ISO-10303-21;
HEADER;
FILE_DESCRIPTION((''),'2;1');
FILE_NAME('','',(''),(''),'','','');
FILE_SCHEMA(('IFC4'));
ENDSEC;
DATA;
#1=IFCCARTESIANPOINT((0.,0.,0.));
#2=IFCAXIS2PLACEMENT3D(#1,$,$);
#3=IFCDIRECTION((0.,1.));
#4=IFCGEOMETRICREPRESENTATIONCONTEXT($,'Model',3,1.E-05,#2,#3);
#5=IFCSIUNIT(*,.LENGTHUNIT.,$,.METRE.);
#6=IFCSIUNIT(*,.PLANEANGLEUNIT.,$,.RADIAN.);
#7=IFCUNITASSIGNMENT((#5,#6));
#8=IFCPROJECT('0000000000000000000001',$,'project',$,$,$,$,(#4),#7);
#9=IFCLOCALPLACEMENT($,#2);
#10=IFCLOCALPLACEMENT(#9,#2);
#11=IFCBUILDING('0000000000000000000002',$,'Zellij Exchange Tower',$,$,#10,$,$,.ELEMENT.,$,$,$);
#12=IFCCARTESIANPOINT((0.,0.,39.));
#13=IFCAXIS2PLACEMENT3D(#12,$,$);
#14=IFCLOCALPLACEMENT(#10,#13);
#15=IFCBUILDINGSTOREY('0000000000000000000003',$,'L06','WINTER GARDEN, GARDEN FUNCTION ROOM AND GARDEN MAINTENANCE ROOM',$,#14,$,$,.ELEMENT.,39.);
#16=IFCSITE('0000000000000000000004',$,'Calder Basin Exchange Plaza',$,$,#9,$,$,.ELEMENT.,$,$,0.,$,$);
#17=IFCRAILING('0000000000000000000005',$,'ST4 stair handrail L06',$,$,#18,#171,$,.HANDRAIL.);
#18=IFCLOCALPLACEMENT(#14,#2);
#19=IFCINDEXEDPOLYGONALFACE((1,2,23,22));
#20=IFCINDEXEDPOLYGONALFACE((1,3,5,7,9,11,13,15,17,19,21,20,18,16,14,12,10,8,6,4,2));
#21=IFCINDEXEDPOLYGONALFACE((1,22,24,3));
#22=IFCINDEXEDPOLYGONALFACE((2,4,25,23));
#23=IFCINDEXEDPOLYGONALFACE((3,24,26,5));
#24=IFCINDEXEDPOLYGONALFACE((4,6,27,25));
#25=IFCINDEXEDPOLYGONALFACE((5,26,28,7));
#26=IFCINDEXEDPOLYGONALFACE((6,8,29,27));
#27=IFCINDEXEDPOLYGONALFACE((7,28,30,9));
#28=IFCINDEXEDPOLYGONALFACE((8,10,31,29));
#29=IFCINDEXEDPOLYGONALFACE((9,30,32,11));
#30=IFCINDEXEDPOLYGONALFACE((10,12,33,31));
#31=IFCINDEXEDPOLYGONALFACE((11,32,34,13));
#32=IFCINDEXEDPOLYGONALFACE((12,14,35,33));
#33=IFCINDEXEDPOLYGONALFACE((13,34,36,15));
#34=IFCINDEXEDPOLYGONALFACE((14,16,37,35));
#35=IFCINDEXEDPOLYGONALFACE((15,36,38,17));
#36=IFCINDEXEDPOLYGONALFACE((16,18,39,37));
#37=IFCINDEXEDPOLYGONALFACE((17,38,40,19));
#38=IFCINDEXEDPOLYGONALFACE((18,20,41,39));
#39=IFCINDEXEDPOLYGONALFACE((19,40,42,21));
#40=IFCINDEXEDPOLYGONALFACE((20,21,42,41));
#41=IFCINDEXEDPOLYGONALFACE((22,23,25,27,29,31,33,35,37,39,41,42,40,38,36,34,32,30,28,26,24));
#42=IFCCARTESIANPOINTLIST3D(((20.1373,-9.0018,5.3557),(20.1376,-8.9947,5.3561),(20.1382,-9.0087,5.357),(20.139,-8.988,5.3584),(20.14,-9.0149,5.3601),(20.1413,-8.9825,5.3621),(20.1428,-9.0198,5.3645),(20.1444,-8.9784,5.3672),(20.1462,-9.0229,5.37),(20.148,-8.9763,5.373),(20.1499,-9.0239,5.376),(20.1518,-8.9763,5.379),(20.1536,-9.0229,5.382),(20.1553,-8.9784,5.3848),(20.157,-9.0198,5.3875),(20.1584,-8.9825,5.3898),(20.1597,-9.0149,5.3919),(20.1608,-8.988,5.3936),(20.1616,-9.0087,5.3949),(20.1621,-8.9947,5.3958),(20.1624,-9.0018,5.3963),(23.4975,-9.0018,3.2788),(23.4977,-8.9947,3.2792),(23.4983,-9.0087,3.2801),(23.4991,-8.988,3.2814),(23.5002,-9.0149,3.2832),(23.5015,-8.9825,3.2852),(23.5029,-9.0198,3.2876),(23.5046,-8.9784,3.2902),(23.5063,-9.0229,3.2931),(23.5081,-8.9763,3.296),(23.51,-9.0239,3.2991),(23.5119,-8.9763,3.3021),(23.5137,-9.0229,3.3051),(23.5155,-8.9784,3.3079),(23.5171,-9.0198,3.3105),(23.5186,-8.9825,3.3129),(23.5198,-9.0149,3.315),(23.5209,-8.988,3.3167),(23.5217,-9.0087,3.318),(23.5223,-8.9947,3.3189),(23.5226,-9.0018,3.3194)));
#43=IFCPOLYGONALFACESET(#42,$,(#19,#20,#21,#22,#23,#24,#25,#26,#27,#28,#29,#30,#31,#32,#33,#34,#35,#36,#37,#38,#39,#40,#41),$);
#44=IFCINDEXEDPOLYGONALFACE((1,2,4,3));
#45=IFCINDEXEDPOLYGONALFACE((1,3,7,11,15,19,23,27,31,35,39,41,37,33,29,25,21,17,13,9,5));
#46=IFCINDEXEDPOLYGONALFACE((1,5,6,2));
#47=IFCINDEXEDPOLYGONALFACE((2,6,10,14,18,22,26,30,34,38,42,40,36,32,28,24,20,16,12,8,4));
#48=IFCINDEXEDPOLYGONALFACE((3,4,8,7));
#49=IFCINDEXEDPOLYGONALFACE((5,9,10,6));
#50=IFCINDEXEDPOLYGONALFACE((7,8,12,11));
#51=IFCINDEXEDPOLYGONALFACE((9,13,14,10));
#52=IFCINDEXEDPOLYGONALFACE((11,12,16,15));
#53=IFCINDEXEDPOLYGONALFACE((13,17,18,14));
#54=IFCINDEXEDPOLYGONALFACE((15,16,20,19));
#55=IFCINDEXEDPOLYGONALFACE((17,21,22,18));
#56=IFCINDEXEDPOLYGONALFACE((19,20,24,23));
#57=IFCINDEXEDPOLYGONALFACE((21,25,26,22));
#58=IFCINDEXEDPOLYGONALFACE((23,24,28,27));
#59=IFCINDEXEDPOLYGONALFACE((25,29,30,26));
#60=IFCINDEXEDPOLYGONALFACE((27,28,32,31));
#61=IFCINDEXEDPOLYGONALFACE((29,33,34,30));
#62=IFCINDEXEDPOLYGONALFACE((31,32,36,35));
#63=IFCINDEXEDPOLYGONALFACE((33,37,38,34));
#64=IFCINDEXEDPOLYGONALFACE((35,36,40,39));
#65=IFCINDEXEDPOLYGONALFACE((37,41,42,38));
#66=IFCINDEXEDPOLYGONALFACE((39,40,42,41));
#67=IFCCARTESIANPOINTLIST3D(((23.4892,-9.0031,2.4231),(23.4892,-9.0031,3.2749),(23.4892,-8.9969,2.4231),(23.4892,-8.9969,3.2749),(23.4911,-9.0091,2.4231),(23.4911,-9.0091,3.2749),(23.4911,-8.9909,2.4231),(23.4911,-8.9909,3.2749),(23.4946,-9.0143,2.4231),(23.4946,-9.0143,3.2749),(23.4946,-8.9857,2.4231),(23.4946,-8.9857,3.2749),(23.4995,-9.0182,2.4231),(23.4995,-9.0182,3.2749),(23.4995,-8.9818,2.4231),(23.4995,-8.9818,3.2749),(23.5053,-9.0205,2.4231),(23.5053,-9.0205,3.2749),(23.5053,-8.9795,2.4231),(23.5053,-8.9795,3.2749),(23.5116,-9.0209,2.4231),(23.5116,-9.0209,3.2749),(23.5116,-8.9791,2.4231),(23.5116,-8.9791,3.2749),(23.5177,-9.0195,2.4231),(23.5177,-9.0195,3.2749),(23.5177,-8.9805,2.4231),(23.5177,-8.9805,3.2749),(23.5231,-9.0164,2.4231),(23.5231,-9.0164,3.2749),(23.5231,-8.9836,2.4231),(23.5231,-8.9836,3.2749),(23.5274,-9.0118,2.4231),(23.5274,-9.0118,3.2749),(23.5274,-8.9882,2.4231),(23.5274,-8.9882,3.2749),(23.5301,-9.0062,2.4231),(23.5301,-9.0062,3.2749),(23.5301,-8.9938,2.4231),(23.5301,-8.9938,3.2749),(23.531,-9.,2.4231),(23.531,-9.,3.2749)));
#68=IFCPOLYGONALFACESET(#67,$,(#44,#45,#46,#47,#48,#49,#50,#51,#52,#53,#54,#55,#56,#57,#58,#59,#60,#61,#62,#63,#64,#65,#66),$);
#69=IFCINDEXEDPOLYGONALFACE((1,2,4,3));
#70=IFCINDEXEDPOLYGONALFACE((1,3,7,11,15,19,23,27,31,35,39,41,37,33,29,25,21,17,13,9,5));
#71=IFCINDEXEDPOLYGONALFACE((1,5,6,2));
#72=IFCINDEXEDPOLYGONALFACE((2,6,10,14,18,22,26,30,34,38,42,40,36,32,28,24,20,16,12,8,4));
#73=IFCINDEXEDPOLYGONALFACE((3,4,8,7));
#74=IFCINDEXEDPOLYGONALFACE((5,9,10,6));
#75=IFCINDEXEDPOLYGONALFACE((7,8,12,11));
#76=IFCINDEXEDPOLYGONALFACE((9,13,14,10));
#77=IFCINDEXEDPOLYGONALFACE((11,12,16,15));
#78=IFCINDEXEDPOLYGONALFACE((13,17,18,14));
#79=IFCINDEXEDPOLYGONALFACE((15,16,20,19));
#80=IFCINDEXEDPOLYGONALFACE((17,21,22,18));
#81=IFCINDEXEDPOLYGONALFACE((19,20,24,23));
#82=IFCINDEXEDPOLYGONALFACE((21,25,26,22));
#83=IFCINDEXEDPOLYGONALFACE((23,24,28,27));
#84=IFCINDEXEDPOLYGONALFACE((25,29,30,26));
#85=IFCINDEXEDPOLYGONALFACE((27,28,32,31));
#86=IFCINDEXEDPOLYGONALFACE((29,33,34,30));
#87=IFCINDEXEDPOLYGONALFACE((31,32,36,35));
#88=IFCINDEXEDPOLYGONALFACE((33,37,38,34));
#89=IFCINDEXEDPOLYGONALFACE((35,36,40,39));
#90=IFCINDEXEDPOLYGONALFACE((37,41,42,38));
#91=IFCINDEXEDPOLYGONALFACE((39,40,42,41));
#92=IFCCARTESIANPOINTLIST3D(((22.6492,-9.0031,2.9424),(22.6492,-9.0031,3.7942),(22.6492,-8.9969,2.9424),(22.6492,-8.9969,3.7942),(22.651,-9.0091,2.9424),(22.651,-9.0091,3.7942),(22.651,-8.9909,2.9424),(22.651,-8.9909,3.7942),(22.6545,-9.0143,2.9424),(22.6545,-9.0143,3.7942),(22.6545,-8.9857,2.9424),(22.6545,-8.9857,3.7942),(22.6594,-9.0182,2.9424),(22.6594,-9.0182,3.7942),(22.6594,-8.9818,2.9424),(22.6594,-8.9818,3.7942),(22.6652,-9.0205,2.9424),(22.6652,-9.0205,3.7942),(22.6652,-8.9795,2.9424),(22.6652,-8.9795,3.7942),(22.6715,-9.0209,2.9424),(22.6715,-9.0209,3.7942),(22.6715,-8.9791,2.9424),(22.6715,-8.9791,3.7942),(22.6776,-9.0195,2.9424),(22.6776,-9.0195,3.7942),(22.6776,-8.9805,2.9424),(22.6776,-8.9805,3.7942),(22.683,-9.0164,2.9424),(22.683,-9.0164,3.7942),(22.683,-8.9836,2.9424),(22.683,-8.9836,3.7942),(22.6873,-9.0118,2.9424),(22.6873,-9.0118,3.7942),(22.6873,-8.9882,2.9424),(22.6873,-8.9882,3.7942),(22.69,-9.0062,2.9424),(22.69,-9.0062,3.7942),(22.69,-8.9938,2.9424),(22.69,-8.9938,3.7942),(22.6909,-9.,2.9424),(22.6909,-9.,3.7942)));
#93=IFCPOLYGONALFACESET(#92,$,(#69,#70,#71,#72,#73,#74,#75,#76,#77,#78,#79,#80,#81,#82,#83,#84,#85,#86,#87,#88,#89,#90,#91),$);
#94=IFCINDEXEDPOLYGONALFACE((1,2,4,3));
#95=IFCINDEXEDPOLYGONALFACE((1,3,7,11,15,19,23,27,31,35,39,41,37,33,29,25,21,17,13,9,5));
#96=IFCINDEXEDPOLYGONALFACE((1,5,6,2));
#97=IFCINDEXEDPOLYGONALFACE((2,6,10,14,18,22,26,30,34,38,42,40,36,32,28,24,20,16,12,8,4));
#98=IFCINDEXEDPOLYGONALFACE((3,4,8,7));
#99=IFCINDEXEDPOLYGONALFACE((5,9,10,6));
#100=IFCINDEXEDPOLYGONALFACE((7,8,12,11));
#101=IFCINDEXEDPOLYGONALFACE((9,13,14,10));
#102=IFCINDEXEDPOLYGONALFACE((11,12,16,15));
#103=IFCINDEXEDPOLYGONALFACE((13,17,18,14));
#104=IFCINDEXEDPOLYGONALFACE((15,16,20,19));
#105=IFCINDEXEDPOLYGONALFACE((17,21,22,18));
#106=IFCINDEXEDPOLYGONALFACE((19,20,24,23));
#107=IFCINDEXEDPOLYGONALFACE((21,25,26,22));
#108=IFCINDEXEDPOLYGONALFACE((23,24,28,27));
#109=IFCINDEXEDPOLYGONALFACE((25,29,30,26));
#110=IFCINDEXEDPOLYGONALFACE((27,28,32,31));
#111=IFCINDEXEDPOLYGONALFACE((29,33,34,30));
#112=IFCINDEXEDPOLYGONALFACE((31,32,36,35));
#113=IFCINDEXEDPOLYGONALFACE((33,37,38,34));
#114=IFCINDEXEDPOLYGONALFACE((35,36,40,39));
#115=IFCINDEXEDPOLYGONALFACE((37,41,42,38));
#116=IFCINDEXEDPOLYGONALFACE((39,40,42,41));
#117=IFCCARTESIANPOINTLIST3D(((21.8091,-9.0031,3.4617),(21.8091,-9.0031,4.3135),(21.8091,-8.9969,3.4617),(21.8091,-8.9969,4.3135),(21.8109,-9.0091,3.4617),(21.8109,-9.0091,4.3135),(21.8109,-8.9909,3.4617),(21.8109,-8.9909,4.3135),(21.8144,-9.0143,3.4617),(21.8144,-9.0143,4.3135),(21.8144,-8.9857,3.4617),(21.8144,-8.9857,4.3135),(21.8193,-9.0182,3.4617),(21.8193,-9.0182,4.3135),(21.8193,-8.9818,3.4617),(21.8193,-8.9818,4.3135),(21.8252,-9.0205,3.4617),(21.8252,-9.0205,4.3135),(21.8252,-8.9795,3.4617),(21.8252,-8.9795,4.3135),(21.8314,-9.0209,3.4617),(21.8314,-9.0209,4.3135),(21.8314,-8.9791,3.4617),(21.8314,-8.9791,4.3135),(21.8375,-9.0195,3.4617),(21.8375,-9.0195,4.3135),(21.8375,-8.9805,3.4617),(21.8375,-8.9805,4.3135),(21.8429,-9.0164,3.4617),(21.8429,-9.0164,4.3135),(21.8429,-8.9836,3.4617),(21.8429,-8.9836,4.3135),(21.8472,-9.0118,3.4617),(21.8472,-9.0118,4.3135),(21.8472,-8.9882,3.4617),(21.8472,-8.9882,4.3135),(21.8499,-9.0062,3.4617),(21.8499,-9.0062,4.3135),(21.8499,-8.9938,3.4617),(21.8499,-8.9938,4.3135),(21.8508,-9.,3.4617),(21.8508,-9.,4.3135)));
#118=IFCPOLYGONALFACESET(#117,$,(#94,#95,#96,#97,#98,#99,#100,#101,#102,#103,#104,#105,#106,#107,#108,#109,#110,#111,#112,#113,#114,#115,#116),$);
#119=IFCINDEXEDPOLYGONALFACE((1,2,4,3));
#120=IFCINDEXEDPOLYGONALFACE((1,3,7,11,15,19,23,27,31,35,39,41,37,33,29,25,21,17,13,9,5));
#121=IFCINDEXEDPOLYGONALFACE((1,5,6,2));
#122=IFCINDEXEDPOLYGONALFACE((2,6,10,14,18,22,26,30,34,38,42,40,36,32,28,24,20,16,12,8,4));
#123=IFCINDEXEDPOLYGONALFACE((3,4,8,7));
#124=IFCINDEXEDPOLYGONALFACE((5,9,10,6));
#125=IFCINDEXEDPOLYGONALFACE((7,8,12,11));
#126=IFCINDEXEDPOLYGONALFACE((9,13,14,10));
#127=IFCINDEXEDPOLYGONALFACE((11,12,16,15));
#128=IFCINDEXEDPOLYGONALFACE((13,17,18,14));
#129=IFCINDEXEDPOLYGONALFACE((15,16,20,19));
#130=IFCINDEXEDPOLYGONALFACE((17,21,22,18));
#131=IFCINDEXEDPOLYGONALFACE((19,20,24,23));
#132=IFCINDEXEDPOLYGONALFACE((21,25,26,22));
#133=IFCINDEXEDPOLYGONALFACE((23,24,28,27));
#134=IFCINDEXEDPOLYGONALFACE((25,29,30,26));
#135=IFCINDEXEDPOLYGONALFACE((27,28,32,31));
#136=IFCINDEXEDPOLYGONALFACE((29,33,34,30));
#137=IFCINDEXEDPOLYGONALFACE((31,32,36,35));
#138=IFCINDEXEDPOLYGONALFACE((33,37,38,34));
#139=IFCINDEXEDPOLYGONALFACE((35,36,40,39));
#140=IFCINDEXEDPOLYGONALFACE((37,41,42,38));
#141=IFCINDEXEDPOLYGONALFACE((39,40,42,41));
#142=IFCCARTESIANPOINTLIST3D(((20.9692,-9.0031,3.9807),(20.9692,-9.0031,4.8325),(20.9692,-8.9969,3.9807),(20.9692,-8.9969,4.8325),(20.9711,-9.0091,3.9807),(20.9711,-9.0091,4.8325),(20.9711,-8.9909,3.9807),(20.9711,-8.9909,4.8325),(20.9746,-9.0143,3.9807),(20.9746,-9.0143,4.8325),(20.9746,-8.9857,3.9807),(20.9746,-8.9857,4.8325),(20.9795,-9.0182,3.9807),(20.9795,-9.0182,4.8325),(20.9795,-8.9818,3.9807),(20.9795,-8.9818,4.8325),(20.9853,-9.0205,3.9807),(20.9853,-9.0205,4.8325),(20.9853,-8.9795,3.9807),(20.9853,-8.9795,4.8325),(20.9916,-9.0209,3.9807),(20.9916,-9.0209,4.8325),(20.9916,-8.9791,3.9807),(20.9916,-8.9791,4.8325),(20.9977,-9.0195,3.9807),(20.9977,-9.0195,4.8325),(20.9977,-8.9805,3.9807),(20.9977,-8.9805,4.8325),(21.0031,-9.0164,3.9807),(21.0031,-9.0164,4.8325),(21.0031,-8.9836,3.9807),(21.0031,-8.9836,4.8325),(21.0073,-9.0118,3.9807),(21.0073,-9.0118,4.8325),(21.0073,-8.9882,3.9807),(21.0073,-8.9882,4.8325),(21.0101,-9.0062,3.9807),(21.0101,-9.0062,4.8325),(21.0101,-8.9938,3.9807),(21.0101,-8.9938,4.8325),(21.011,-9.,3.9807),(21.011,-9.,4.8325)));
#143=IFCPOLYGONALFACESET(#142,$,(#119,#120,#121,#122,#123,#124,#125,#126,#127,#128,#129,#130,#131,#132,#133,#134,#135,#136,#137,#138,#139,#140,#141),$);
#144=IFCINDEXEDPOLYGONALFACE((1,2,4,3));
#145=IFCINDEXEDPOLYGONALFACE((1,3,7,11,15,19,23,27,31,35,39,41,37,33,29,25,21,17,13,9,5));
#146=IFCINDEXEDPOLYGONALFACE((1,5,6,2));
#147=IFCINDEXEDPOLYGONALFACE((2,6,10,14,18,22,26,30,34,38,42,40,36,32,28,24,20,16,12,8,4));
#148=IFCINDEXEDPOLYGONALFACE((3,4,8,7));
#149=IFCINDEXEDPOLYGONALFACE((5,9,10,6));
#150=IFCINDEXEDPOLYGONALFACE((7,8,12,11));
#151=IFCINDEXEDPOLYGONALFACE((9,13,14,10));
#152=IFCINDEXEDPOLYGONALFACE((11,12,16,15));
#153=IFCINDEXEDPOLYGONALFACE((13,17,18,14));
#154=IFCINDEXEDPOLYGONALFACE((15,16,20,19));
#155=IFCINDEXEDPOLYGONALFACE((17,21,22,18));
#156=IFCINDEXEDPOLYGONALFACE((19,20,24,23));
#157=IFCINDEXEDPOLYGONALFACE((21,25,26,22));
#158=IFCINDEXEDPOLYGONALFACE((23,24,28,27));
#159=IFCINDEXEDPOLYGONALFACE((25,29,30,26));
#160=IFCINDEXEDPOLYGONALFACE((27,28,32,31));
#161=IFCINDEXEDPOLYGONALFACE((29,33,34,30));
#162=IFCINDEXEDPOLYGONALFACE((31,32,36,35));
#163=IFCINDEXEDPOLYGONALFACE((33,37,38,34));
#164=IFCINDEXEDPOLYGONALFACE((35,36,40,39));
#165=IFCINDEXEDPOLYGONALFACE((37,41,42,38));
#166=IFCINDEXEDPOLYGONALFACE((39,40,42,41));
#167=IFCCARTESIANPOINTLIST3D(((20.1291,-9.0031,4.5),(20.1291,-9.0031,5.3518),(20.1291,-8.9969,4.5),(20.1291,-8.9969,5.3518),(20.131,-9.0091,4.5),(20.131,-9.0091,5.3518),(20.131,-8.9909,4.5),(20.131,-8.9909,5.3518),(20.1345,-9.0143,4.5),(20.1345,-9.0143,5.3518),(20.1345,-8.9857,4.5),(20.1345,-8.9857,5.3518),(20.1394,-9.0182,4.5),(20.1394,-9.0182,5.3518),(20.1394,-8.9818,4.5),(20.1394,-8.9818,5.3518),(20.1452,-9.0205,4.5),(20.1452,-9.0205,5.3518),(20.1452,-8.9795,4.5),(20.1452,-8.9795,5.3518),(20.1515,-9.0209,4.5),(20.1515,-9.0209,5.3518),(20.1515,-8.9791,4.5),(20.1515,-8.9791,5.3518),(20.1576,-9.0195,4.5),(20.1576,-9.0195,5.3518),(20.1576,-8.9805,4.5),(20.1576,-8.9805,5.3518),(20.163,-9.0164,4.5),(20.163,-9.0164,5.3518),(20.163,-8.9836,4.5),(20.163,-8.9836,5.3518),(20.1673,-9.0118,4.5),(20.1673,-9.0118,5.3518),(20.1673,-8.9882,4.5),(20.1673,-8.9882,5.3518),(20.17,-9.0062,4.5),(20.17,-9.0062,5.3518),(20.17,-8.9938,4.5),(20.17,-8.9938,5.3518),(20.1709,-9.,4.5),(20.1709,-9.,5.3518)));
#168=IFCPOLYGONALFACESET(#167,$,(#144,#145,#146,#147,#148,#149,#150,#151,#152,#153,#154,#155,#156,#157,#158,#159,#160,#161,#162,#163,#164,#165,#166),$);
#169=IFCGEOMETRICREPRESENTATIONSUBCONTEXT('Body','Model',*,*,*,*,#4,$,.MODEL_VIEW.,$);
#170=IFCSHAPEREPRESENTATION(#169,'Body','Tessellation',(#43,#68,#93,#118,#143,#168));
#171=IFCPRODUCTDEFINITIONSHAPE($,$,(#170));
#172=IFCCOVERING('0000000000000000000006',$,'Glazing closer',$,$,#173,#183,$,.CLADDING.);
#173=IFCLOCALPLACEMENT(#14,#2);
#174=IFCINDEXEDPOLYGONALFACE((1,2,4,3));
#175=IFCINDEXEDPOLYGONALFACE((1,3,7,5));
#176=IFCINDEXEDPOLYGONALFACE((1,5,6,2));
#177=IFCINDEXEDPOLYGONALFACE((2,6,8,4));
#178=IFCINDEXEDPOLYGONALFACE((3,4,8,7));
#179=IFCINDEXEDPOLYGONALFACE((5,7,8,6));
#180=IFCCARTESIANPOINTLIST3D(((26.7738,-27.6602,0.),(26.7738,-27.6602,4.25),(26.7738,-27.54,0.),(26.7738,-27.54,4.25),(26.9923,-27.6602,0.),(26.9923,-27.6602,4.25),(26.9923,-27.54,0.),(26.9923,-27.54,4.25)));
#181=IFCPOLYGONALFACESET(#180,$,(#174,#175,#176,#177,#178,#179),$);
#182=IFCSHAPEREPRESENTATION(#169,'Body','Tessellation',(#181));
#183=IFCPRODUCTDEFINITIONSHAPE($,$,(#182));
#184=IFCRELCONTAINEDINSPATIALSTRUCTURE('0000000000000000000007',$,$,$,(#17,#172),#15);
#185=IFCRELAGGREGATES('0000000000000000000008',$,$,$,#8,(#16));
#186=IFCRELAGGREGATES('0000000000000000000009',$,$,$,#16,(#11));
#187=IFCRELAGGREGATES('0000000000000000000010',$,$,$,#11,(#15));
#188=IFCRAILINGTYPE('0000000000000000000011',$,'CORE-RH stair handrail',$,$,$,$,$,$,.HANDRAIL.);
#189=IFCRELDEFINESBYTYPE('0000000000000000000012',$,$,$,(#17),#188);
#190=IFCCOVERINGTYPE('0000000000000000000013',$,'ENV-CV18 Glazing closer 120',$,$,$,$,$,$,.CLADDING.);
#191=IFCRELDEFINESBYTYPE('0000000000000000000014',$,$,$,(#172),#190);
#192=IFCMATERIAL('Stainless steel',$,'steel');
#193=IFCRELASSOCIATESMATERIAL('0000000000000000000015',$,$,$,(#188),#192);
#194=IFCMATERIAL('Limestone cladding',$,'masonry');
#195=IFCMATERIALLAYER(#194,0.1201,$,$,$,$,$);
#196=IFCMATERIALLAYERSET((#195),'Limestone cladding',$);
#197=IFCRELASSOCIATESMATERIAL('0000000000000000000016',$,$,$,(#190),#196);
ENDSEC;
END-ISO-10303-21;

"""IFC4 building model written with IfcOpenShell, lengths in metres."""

from ifc_helpers import new_model, si_unit, direction, frame, origin, origin_2d, place, context, subcontext, project, spatial, rectangle, circle, extrude, material, layer, layer_set, type_object, element, save


model = new_model("IFC4")

# Units and contexts
model_context = context("Model", 3, precision=1e-05, world=origin(), true_north=direction((0.0, 1.0)))
body_context = subcontext(model_context, "Body", "Model", "MODEL_VIEW")
ifc_project = project(units=[si_unit("LENGTHUNIT", "METRE"), si_unit("PLANEANGLEUNIT", "RADIAN")], contexts=[model_context])

# Site, building, storey
site_placement = place(None, origin())
site = spatial("IfcSite", under=ifc_project, at=site_placement, Name="Calder Basin Exchange Plaza", CompositionType="ELEMENT", RefElevation=0.0)
building_placement = place(site_placement, origin())
building = spatial("IfcBuilding", under=site, at=building_placement, Name="Zellij Exchange Tower", CompositionType="ELEMENT")
storey_placement = place(building_placement, frame((0.0, 0.0, 39.0)))
storey = spatial("IfcBuildingStorey", under=building, at=storey_placement, Name="L06", Description="WINTER GARDEN, GARDEN FUNCTION ROOM AND GARDEN MAINTENANCE ROOM", CompositionType="ELEMENT", Elevation=39.0)

# Railing
ifc_material_1 = material(Name="Stainless steel", Category="steel")
railing_type_1 = type_object("IfcRailingType", Name="CORE-RH stair handrail", PredefinedType="HANDRAIL", material=ifc_material_1)
railing_1_placement = place(storey_placement, frame((23.51, -9.0, 2.4231)))
element("IfcRailing", 1, at=railing_1_placement, inside=storey, type_object=railing_type_1, Name="ST4 stair handrail L06", PredefinedType="HANDRAIL", context=body_context, shape_type="SweptSolid", body=[
    extrude(circle(Radius=0.0239, at=origin_2d()), frame((0.0, 0.0, 0.876), z_axis=(-0.850623, 0.0, 0.525776), x_axis=(0.0, -1.0, 0.0)), (0.0, 0.0, 1.0), 3.9502),
    extrude(circle(Radius=0.021, at=origin_2d()), origin(), (0.0, 0.0, 1.0), 0.8518),
    extrude(circle(Radius=0.021, at=origin_2d()), frame((-0.8401, 0.0, 0.5193)), (0.0, 0.0, 1.0), 0.8518),
    extrude(circle(Radius=0.021, at=origin_2d()), frame((-1.6802, 0.0, 1.0386)), (0.0, 0.0, 1.0), 0.8518),
    extrude(circle(Radius=0.021, at=origin_2d()), frame((-2.52, 0.0, 1.5576)), (0.0, 0.0, 1.0), 0.8518),
    extrude(circle(Radius=0.021, at=origin_2d()), frame((-3.3601, 0.0, 2.0769)), (0.0, 0.0, 1.0), 0.8518),
])

# Covering
ifc_material_2 = material(Name="Limestone cladding", Category="masonry")
ifc_layer_1 = layer(ifc_material_2, 0.1201)
ifc_layer_set_1 = layer_set([ifc_layer_1], Name="Limestone cladding")
covering_type = type_object("IfcCoveringType", Name="ENV-CV18 Glazing closer 120", PredefinedType="CLADDING", material=ifc_layer_set_1)
covering_placement = place(storey_placement, frame((26.8831, -27.6001, 0.0), z_axis=(0.0, 0.0, 1.0), x_axis=(1.0, 0.0, 0.0)))
element("IfcCovering", 2, at=covering_placement, inside=storey, type_object=covering_type, Name="Glazing closer", PredefinedType="CLADDING", context=body_context, shape_type="SweptSolid", body=[
    extrude(rectangle(XDim=0.2185, YDim=0.1201, at=origin_2d()), origin(), (0.0, 0.0, 1.0), 4.25),
])

save(model, "model.ifc")
